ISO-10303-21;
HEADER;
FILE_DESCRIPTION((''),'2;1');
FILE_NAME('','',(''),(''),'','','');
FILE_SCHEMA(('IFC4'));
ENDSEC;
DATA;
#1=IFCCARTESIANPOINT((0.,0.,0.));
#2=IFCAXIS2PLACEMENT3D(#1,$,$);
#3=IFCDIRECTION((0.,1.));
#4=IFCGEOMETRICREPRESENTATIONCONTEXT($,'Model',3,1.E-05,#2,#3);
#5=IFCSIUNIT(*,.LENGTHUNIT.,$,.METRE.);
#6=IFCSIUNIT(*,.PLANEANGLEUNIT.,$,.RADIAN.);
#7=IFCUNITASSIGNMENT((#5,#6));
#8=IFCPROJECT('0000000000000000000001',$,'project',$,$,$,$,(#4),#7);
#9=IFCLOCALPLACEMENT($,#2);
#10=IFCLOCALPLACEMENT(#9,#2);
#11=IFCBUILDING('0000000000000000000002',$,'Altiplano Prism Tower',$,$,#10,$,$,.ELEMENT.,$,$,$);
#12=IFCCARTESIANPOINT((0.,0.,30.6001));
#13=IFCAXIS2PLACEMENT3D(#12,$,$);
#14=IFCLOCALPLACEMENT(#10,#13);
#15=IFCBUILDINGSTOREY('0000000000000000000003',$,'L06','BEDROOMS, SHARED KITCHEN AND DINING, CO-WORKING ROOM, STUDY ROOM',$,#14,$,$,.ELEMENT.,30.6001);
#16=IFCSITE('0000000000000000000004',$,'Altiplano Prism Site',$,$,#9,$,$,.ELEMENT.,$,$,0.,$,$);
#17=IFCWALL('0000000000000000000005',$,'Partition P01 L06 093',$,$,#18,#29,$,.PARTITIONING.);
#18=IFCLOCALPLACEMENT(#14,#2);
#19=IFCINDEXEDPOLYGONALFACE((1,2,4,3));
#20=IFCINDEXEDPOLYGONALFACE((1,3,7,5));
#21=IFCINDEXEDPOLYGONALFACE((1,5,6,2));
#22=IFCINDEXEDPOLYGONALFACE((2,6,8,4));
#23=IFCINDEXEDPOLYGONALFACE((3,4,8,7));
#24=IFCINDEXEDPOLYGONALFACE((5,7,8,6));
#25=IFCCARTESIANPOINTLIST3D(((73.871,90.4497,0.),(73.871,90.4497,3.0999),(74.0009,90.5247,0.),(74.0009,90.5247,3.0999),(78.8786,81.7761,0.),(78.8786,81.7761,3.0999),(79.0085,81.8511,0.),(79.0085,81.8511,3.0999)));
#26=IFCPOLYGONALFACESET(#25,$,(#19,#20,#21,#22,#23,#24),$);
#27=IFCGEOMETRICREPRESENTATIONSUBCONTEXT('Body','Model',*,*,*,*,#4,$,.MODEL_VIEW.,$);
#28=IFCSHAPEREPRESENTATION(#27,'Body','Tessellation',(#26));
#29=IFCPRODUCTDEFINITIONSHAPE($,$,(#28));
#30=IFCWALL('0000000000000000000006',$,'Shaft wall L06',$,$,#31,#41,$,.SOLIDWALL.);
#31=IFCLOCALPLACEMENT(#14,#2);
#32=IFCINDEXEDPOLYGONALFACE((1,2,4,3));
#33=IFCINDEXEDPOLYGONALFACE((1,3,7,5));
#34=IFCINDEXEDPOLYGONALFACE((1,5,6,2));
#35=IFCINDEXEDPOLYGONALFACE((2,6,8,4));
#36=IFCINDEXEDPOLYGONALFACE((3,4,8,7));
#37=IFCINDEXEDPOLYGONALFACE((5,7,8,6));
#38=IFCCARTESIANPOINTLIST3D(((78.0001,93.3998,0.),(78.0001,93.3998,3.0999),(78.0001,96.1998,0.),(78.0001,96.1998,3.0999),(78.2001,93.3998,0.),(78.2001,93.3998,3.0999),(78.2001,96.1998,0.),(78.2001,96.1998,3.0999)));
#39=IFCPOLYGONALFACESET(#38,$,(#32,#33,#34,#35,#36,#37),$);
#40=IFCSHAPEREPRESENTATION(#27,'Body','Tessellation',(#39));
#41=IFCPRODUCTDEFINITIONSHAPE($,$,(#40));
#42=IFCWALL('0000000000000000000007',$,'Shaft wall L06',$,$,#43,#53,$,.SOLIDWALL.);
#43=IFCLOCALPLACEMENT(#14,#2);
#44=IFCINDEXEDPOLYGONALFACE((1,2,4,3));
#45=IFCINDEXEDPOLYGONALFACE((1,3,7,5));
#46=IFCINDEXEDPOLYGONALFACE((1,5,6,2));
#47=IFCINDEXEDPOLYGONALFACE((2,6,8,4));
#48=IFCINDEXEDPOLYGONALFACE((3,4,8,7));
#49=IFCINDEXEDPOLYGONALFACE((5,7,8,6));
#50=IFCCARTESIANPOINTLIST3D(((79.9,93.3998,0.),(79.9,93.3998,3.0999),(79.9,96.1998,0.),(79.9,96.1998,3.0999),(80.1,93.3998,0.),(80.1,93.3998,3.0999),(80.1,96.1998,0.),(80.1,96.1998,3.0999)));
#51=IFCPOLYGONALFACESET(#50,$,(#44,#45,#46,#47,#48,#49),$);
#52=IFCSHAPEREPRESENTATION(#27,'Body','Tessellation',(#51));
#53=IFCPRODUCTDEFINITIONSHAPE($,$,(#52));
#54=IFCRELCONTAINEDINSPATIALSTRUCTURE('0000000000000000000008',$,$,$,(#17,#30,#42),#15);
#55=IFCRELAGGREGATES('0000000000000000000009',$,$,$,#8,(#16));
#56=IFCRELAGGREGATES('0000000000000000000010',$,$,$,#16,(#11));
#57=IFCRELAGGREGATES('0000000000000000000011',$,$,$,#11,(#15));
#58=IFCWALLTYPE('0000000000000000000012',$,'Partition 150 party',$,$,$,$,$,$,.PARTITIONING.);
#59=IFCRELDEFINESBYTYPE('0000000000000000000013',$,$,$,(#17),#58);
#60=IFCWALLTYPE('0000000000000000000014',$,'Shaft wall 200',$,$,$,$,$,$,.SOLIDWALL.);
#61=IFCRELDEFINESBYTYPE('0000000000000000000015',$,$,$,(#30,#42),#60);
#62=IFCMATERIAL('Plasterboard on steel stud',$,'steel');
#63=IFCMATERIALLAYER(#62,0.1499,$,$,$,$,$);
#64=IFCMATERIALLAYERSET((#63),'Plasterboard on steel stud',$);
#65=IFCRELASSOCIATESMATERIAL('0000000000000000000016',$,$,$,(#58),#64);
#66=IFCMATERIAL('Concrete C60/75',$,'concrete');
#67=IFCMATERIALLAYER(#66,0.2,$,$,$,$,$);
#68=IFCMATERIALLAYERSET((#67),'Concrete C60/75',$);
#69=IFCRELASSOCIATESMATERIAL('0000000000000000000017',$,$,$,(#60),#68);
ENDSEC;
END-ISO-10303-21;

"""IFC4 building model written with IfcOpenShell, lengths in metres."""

from ifc_helpers import new_model, si_unit, direction, frame, frame_2d, origin, place, context, subcontext, project, spatial, rectangle, extrude, material, layer, layer_set, type_object, element, save


model = new_model("IFC4")

# Units and contexts
model_context = context("Model", 3, precision=1e-05, world=origin(), true_north=direction((0.0, 1.0)))
body_context = subcontext(model_context, "Body", "Model", "MODEL_VIEW")
ifc_project = project(units=[si_unit("LENGTHUNIT", "METRE"), si_unit("PLANEANGLEUNIT", "RADIAN")], contexts=[model_context])

# Site, building, storey
site_placement = place(None, origin())
site = spatial("IfcSite", under=ifc_project, at=site_placement, Name="Altiplano Prism Site", CompositionType="ELEMENT", RefElevation=0.0)
building_placement = place(site_placement, origin())
building = spatial("IfcBuilding", under=site, at=building_placement, Name="Altiplano Prism Tower", CompositionType="ELEMENT")
storey_placement = place(building_placement, frame((0.0, 0.0, 30.6001)))
storey = spatial("IfcBuildingStorey", under=building, at=storey_placement, Name="L06", Description="BEDROOMS, SHARED KITCHEN AND DINING, CO-WORKING ROOM, STUDY ROOM", CompositionType="ELEMENT", Elevation=30.6001)

# Shared definitions
ifc_material_1 = material(Name="Concrete C60/75", Category="concrete")

# Shared definitions
ifc_material_2 = material(Name="Plasterboard on steel stud", Category="steel")

# Walls
ifc_layer_1 = layer(ifc_material_2, 0.1499)
ifc_layer_set_1 = layer_set([ifc_layer_1], Name="Plasterboard on steel stud")
wall_type_1 = type_object("IfcWallType", Name="Partition 150 party", PredefinedType="PARTITIONING", material=ifc_layer_set_1)
wall_1_placement = place(storey_placement, frame((78.9436, 81.8135, 0.0), z_axis=(0.0, 0.0, 1.0), x_axis=(-0.49999, 0.866031, 0.0)))
element("IfcWall", 1, at=wall_1_placement, inside=storey, type_object=wall_type_1, Name="Partition P01 L06 093", PredefinedType="PARTITIONING", context=body_context, shape_type="SweptSolid", body=[
    extrude(rectangle(XDim=10.0154, YDim=0.1499, at=frame_2d((5.0078, 0.0))), origin(), (0.0, 0.0, 1.0), 3.0999),
])
ifc_layer_2 = layer(ifc_material_1, 0.2)
ifc_layer_set_2 = layer_set([ifc_layer_2], Name="Concrete C60/75")
wall_type_2 = type_object("IfcWallType", Name="Shaft wall 200", PredefinedType="SOLIDWALL", material=ifc_layer_set_2)
for number, where, z_axis, x_axis, name in (
    (2, (78.1001, 93.3999, 0.0), (0.0, 0.0, 1.0), (0.0, 1.0, 0.0), "Shaft wall L06"),
    (3, (80.0, 93.3999, 0.0), (0.0, 0.0, 1.0), (0.0, 1.0, 0.0), "Shaft wall L06"),
):
    element("IfcWall", number, at=place(storey_placement, frame(where, z_axis=z_axis, x_axis=x_axis)), inside=storey, type_object=wall_type_2, Name=name, PredefinedType="SOLIDWALL", context=body_context, shape_type="SweptSolid", body=[
        extrude(rectangle(XDim=2.8, YDim=0.2, at=frame_2d((1.3999, 0.0))), origin(), (0.0, 0.0, 1.0), 3.0999),
    ])

save(model, "model.ifc")
